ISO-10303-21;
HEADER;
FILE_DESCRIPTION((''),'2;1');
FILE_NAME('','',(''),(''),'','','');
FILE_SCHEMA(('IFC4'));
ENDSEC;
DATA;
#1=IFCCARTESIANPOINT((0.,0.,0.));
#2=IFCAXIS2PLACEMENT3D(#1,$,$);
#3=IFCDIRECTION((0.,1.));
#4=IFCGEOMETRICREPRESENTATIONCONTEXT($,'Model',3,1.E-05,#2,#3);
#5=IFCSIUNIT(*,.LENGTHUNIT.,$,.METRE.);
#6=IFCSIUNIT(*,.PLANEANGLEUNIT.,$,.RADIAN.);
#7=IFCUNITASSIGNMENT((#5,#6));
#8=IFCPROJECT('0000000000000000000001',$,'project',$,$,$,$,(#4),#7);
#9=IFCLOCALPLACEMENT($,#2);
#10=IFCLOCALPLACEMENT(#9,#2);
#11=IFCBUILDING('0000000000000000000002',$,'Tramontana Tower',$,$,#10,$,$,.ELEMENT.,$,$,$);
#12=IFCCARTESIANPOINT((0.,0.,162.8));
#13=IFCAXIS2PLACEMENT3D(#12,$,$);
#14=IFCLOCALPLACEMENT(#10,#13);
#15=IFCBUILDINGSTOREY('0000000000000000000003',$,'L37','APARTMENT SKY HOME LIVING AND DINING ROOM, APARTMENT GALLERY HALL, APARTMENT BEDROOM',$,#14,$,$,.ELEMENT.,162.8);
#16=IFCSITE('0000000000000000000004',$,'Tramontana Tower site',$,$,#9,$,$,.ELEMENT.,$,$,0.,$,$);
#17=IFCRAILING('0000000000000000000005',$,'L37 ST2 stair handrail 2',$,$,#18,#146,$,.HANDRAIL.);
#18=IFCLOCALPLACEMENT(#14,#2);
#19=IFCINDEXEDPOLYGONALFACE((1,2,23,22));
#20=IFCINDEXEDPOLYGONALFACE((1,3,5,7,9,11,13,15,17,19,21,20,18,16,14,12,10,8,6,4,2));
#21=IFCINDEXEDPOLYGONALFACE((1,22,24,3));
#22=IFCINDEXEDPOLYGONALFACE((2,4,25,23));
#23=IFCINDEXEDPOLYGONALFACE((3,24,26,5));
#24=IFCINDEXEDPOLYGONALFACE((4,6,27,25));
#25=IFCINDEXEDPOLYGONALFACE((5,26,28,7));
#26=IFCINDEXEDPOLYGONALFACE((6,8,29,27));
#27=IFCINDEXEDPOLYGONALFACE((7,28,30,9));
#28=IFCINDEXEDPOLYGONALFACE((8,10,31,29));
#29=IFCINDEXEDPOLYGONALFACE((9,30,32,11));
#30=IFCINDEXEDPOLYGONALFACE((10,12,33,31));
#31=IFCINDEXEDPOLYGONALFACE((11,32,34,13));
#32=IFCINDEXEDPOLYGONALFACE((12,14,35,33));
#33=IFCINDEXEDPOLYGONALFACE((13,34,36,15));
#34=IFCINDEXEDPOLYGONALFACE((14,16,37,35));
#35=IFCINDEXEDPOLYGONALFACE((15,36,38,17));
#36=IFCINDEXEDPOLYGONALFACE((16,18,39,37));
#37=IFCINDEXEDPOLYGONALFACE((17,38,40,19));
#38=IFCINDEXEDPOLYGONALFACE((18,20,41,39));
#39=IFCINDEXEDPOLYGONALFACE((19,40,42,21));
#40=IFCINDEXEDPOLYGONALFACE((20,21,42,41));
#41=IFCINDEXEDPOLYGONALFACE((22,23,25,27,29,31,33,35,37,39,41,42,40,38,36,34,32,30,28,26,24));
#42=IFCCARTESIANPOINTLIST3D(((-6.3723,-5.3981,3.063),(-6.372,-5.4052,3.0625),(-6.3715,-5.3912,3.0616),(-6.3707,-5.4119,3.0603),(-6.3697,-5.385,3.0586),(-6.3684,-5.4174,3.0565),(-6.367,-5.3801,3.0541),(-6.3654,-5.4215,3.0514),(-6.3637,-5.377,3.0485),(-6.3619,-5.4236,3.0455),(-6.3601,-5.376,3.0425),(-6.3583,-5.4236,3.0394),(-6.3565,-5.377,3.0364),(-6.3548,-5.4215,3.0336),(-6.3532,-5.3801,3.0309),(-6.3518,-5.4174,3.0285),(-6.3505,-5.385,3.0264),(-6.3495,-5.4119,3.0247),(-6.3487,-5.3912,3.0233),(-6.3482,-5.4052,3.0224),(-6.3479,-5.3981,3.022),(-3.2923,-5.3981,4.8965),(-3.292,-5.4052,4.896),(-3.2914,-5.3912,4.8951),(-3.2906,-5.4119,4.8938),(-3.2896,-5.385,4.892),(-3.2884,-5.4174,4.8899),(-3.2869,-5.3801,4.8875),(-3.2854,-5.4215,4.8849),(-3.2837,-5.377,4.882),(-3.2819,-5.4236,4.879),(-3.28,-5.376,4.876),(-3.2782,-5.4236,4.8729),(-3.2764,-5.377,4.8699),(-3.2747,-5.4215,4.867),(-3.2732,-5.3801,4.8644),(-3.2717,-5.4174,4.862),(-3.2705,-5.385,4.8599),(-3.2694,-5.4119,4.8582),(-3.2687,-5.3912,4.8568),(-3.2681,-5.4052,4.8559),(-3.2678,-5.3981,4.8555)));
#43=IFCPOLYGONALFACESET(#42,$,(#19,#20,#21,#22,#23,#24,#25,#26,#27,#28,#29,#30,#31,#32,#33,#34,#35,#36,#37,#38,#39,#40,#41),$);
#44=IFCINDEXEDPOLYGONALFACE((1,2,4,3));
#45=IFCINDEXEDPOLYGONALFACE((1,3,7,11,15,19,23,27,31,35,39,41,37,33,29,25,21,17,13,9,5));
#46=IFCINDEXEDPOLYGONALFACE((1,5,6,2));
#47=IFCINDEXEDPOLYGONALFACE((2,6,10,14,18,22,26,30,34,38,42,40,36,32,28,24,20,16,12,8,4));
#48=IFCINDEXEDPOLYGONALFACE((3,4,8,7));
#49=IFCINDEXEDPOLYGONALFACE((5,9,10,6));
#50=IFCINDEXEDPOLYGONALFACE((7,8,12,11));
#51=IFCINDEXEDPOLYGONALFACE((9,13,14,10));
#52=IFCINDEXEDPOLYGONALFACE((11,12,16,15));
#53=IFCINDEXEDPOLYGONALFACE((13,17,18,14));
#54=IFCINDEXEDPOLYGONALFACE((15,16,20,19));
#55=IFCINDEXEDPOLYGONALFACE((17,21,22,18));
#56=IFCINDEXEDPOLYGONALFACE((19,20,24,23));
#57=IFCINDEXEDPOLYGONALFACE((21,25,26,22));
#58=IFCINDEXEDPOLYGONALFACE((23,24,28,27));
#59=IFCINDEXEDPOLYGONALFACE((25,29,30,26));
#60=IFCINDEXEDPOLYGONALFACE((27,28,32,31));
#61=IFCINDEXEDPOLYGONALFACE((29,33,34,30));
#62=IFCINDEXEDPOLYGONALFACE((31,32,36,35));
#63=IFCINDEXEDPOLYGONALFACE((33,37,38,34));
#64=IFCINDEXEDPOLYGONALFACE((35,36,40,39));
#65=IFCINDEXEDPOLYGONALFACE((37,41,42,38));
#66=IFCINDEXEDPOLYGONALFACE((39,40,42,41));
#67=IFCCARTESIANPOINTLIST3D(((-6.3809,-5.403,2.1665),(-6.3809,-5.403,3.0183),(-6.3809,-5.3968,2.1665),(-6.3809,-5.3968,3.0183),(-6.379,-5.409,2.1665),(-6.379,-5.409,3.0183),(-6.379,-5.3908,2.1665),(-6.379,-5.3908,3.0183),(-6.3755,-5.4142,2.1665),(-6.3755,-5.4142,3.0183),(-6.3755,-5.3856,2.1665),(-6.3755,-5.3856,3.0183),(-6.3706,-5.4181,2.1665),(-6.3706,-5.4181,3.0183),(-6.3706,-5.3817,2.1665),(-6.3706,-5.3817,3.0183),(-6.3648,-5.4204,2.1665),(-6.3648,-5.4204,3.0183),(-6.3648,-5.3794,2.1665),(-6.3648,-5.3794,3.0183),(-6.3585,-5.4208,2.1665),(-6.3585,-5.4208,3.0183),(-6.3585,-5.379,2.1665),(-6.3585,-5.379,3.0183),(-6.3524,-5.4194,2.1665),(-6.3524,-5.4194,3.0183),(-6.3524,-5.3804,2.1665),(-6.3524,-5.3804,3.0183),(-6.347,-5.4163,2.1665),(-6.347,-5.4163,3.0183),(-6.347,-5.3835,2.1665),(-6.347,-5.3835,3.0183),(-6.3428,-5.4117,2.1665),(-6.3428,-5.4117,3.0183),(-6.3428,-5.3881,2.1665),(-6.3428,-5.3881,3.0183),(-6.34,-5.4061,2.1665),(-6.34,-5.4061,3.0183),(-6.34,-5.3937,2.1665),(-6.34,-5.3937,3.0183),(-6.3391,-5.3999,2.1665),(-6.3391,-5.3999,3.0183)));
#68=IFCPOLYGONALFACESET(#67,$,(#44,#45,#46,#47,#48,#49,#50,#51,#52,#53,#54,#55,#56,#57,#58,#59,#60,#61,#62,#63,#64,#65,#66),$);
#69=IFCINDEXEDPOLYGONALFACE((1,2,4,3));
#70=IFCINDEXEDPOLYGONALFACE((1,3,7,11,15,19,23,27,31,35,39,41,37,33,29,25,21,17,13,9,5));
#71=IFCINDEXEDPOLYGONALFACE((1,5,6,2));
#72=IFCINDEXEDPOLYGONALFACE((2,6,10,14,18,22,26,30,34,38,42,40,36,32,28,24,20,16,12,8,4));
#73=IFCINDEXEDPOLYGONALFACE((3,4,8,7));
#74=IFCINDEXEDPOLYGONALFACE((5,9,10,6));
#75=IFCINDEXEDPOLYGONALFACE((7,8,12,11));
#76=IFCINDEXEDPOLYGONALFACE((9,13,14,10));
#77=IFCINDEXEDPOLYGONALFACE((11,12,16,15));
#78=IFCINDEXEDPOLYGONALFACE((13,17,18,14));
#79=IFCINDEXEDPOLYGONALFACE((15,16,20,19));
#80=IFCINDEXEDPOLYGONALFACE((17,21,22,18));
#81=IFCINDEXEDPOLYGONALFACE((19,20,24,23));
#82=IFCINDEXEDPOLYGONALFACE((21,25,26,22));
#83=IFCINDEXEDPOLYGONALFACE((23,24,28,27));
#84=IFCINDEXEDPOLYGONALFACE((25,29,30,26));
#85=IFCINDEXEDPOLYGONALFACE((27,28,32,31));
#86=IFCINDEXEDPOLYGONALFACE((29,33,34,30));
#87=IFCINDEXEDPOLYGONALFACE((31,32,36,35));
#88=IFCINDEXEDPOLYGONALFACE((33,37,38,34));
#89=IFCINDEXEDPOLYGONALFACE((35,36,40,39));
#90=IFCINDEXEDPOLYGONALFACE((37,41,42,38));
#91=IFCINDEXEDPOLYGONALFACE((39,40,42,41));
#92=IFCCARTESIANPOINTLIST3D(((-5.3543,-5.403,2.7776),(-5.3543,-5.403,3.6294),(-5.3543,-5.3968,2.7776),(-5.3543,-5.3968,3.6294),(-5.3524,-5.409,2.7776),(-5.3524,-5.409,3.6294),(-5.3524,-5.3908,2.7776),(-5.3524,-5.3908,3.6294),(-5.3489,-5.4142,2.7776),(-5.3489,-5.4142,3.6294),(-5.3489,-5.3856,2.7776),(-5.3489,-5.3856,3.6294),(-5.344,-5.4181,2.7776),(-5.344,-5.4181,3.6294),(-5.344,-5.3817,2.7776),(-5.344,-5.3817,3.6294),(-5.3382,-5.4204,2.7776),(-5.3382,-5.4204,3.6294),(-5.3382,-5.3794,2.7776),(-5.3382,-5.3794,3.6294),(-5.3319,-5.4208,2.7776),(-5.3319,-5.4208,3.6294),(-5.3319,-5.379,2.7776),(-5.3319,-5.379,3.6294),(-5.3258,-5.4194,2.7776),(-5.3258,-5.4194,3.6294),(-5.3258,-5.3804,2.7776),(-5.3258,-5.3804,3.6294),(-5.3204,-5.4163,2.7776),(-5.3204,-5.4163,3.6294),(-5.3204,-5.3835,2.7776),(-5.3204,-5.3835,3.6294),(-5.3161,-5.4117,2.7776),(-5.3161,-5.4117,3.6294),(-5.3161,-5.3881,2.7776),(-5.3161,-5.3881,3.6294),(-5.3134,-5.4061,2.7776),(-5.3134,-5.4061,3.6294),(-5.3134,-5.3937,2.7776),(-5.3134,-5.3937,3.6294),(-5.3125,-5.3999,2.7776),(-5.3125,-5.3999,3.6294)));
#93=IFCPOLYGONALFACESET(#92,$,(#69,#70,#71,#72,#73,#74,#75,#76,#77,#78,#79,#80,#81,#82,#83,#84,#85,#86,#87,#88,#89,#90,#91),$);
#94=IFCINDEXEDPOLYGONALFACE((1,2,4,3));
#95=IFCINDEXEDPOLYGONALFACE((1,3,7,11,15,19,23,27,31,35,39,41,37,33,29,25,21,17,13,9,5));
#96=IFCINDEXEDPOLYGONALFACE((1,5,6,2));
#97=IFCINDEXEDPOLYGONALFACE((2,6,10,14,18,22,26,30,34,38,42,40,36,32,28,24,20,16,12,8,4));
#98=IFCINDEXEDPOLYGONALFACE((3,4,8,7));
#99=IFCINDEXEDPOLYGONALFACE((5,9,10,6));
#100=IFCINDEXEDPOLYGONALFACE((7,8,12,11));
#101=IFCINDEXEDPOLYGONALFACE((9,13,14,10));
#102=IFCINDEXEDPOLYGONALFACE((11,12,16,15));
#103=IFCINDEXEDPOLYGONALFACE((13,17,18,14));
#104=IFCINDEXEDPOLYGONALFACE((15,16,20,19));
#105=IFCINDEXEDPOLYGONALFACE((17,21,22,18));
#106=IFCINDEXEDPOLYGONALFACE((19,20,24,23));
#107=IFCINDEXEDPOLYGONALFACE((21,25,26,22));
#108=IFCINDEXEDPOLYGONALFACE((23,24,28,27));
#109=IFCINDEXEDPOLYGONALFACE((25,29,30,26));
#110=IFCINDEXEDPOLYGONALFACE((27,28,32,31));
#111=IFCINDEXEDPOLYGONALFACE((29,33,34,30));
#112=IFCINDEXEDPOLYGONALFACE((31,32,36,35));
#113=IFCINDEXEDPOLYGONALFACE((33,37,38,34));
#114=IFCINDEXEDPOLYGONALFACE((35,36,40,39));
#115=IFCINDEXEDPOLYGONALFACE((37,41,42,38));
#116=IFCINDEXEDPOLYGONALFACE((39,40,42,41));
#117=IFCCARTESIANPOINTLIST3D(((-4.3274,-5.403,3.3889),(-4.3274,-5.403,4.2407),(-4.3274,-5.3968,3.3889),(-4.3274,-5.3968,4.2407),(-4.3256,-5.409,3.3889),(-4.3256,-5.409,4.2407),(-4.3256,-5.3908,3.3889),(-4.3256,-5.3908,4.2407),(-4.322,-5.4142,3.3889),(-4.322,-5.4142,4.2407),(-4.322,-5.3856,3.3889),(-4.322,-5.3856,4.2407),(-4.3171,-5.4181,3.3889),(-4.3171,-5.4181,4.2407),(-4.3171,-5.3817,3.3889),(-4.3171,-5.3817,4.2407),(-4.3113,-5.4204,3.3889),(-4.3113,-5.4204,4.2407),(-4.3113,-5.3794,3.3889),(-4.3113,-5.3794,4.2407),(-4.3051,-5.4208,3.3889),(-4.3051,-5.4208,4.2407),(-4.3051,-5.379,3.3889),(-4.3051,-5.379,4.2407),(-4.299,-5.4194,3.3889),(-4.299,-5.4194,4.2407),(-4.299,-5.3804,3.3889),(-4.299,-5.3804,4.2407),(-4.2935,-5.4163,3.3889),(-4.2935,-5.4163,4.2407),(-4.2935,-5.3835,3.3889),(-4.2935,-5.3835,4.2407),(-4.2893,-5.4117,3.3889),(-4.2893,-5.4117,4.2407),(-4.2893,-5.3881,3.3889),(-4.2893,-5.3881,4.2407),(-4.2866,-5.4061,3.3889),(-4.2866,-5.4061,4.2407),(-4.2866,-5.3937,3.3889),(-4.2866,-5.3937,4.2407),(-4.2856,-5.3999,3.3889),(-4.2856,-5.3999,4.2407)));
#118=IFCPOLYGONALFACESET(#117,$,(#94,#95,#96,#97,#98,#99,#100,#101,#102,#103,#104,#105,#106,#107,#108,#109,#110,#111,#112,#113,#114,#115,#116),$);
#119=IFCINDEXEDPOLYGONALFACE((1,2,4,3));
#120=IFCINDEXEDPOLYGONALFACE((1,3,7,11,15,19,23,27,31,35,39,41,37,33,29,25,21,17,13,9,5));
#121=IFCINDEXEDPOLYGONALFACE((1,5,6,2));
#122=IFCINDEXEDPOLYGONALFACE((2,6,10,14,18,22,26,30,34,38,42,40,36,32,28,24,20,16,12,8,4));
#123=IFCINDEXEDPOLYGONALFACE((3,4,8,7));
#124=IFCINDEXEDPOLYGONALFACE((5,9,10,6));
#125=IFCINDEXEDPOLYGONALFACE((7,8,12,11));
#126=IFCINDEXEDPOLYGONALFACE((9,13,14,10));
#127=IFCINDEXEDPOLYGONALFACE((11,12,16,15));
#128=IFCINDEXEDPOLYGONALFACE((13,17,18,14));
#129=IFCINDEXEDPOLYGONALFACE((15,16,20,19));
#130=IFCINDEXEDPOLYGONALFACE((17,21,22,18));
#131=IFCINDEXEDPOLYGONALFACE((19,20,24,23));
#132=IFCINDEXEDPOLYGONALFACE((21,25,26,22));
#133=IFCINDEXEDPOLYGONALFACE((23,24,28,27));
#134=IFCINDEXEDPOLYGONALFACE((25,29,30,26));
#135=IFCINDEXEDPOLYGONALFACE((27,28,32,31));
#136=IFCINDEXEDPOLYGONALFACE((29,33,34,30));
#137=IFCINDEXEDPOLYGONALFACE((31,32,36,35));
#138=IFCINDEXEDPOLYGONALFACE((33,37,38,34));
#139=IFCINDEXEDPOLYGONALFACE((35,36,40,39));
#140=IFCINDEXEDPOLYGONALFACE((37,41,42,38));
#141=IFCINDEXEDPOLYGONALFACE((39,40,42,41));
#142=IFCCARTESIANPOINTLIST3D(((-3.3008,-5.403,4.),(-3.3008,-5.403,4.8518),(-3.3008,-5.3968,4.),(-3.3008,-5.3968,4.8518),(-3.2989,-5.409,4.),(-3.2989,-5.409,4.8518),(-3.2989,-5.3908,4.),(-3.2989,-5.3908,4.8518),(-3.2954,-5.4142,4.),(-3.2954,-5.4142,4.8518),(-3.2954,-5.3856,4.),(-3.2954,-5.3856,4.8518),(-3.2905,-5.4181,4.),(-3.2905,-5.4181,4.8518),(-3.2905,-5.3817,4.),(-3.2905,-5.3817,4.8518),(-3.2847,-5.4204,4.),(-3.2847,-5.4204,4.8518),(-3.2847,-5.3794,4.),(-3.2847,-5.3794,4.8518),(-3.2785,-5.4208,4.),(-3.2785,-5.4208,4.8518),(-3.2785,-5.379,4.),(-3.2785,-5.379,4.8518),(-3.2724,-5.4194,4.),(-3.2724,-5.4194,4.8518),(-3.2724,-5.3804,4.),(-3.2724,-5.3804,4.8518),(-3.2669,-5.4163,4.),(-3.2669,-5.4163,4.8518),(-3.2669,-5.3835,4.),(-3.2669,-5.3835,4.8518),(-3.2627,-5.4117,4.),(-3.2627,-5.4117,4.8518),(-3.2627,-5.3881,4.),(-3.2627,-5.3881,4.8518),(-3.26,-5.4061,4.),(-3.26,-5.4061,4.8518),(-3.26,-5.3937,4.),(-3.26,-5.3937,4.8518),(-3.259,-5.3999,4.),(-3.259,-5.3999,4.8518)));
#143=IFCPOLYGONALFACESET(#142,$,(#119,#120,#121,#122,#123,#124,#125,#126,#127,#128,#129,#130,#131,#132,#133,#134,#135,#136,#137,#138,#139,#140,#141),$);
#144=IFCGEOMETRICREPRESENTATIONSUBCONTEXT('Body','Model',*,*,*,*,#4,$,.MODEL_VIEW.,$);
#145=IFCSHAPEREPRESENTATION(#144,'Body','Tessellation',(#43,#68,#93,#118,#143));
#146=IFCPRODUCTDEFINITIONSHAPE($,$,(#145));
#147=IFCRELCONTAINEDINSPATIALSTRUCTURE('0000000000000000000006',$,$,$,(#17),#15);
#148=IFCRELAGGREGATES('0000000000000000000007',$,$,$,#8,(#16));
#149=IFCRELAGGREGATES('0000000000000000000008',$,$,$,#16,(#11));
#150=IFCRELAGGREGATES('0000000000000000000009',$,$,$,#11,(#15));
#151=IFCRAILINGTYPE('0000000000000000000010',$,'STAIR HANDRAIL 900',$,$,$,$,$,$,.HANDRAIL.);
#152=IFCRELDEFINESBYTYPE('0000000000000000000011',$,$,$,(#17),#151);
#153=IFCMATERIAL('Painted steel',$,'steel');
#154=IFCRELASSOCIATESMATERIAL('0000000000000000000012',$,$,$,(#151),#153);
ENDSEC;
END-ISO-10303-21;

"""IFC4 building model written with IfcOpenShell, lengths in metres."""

from ifc_helpers import new_model, si_unit, direction, frame, origin, origin_2d, place, context, subcontext, project, spatial, circle, extrude, material, type_object, element, save


model = new_model("IFC4")

# Units and contexts
model_context = context("Model", 3, precision=1e-05, world=origin(), true_north=direction((0.0, 1.0)))
body_context = subcontext(model_context, "Body", "Model", "MODEL_VIEW")
ifc_project = project(units=[si_unit("LENGTHUNIT", "METRE"), si_unit("PLANEANGLEUNIT", "RADIAN")], contexts=[model_context])

# Site, building, storey
site_placement = place(None, origin())
site = spatial("IfcSite", under=ifc_project, at=site_placement, Name="Tramontana Tower site", CompositionType="ELEMENT", RefElevation=0.0)
building_placement = place(site_placement, origin())
building = spatial("IfcBuilding", under=site, at=building_placement, Name="Tramontana Tower", CompositionType="ELEMENT")
storey_placement = place(building_placement, frame((0.0, 0.0, 162.8)))
storey = spatial("IfcBuildingStorey", under=building, at=storey_placement, Name="L37", Description="APARTMENT SKY HOME LIVING AND DINING ROOM, APARTMENT GALLERY HALL, APARTMENT BEDROOM", CompositionType="ELEMENT", Elevation=162.8)

# Railing
ifc_material_1 = material(Name="Painted steel", Category="steel")
railing_type_1 = type_object("IfcRailingType", Name="STAIR HANDRAIL 900", PredefinedType="HANDRAIL", material=ifc_material_1)
railing_1_placement = place(storey_placement, frame((-6.3601, -5.3999, 2.1665)))
element("IfcRailing", 1, at=railing_1_placement, inside=storey, type_object=railing_type_1, Name="L37 ST2 stair handrail 2", PredefinedType="HANDRAIL", context=body_context, shape_type="SweptSolid", body=[
    extrude(circle(Radius=0.0239, at=origin_2d()), frame((0.0, 0.0, 0.876), z_axis=(0.859279, 0.0, 0.511508), x_axis=(0.0, 1.0, 0.0)), (0.0, 0.0, 1.0), 3.5845),
    extrude(circle(Radius=0.021, at=origin_2d()), origin(), (0.0, 0.0, 1.0), 0.8518),
    extrude(circle(Radius=0.021, at=origin_2d()), frame((1.0266, 0.0, 0.6111)), (0.0, 0.0, 1.0), 0.8518),
    extrude(circle(Radius=0.021, at=origin_2d()), frame((2.0535, 0.0, 1.2224)), (0.0, 0.0, 1.0), 0.8518),
    extrude(circle(Radius=0.021, at=origin_2d()), frame((3.0801, 0.0, 1.8335)), (0.0, 0.0, 1.0), 0.8518),
])

save(model, "model.ifc")
